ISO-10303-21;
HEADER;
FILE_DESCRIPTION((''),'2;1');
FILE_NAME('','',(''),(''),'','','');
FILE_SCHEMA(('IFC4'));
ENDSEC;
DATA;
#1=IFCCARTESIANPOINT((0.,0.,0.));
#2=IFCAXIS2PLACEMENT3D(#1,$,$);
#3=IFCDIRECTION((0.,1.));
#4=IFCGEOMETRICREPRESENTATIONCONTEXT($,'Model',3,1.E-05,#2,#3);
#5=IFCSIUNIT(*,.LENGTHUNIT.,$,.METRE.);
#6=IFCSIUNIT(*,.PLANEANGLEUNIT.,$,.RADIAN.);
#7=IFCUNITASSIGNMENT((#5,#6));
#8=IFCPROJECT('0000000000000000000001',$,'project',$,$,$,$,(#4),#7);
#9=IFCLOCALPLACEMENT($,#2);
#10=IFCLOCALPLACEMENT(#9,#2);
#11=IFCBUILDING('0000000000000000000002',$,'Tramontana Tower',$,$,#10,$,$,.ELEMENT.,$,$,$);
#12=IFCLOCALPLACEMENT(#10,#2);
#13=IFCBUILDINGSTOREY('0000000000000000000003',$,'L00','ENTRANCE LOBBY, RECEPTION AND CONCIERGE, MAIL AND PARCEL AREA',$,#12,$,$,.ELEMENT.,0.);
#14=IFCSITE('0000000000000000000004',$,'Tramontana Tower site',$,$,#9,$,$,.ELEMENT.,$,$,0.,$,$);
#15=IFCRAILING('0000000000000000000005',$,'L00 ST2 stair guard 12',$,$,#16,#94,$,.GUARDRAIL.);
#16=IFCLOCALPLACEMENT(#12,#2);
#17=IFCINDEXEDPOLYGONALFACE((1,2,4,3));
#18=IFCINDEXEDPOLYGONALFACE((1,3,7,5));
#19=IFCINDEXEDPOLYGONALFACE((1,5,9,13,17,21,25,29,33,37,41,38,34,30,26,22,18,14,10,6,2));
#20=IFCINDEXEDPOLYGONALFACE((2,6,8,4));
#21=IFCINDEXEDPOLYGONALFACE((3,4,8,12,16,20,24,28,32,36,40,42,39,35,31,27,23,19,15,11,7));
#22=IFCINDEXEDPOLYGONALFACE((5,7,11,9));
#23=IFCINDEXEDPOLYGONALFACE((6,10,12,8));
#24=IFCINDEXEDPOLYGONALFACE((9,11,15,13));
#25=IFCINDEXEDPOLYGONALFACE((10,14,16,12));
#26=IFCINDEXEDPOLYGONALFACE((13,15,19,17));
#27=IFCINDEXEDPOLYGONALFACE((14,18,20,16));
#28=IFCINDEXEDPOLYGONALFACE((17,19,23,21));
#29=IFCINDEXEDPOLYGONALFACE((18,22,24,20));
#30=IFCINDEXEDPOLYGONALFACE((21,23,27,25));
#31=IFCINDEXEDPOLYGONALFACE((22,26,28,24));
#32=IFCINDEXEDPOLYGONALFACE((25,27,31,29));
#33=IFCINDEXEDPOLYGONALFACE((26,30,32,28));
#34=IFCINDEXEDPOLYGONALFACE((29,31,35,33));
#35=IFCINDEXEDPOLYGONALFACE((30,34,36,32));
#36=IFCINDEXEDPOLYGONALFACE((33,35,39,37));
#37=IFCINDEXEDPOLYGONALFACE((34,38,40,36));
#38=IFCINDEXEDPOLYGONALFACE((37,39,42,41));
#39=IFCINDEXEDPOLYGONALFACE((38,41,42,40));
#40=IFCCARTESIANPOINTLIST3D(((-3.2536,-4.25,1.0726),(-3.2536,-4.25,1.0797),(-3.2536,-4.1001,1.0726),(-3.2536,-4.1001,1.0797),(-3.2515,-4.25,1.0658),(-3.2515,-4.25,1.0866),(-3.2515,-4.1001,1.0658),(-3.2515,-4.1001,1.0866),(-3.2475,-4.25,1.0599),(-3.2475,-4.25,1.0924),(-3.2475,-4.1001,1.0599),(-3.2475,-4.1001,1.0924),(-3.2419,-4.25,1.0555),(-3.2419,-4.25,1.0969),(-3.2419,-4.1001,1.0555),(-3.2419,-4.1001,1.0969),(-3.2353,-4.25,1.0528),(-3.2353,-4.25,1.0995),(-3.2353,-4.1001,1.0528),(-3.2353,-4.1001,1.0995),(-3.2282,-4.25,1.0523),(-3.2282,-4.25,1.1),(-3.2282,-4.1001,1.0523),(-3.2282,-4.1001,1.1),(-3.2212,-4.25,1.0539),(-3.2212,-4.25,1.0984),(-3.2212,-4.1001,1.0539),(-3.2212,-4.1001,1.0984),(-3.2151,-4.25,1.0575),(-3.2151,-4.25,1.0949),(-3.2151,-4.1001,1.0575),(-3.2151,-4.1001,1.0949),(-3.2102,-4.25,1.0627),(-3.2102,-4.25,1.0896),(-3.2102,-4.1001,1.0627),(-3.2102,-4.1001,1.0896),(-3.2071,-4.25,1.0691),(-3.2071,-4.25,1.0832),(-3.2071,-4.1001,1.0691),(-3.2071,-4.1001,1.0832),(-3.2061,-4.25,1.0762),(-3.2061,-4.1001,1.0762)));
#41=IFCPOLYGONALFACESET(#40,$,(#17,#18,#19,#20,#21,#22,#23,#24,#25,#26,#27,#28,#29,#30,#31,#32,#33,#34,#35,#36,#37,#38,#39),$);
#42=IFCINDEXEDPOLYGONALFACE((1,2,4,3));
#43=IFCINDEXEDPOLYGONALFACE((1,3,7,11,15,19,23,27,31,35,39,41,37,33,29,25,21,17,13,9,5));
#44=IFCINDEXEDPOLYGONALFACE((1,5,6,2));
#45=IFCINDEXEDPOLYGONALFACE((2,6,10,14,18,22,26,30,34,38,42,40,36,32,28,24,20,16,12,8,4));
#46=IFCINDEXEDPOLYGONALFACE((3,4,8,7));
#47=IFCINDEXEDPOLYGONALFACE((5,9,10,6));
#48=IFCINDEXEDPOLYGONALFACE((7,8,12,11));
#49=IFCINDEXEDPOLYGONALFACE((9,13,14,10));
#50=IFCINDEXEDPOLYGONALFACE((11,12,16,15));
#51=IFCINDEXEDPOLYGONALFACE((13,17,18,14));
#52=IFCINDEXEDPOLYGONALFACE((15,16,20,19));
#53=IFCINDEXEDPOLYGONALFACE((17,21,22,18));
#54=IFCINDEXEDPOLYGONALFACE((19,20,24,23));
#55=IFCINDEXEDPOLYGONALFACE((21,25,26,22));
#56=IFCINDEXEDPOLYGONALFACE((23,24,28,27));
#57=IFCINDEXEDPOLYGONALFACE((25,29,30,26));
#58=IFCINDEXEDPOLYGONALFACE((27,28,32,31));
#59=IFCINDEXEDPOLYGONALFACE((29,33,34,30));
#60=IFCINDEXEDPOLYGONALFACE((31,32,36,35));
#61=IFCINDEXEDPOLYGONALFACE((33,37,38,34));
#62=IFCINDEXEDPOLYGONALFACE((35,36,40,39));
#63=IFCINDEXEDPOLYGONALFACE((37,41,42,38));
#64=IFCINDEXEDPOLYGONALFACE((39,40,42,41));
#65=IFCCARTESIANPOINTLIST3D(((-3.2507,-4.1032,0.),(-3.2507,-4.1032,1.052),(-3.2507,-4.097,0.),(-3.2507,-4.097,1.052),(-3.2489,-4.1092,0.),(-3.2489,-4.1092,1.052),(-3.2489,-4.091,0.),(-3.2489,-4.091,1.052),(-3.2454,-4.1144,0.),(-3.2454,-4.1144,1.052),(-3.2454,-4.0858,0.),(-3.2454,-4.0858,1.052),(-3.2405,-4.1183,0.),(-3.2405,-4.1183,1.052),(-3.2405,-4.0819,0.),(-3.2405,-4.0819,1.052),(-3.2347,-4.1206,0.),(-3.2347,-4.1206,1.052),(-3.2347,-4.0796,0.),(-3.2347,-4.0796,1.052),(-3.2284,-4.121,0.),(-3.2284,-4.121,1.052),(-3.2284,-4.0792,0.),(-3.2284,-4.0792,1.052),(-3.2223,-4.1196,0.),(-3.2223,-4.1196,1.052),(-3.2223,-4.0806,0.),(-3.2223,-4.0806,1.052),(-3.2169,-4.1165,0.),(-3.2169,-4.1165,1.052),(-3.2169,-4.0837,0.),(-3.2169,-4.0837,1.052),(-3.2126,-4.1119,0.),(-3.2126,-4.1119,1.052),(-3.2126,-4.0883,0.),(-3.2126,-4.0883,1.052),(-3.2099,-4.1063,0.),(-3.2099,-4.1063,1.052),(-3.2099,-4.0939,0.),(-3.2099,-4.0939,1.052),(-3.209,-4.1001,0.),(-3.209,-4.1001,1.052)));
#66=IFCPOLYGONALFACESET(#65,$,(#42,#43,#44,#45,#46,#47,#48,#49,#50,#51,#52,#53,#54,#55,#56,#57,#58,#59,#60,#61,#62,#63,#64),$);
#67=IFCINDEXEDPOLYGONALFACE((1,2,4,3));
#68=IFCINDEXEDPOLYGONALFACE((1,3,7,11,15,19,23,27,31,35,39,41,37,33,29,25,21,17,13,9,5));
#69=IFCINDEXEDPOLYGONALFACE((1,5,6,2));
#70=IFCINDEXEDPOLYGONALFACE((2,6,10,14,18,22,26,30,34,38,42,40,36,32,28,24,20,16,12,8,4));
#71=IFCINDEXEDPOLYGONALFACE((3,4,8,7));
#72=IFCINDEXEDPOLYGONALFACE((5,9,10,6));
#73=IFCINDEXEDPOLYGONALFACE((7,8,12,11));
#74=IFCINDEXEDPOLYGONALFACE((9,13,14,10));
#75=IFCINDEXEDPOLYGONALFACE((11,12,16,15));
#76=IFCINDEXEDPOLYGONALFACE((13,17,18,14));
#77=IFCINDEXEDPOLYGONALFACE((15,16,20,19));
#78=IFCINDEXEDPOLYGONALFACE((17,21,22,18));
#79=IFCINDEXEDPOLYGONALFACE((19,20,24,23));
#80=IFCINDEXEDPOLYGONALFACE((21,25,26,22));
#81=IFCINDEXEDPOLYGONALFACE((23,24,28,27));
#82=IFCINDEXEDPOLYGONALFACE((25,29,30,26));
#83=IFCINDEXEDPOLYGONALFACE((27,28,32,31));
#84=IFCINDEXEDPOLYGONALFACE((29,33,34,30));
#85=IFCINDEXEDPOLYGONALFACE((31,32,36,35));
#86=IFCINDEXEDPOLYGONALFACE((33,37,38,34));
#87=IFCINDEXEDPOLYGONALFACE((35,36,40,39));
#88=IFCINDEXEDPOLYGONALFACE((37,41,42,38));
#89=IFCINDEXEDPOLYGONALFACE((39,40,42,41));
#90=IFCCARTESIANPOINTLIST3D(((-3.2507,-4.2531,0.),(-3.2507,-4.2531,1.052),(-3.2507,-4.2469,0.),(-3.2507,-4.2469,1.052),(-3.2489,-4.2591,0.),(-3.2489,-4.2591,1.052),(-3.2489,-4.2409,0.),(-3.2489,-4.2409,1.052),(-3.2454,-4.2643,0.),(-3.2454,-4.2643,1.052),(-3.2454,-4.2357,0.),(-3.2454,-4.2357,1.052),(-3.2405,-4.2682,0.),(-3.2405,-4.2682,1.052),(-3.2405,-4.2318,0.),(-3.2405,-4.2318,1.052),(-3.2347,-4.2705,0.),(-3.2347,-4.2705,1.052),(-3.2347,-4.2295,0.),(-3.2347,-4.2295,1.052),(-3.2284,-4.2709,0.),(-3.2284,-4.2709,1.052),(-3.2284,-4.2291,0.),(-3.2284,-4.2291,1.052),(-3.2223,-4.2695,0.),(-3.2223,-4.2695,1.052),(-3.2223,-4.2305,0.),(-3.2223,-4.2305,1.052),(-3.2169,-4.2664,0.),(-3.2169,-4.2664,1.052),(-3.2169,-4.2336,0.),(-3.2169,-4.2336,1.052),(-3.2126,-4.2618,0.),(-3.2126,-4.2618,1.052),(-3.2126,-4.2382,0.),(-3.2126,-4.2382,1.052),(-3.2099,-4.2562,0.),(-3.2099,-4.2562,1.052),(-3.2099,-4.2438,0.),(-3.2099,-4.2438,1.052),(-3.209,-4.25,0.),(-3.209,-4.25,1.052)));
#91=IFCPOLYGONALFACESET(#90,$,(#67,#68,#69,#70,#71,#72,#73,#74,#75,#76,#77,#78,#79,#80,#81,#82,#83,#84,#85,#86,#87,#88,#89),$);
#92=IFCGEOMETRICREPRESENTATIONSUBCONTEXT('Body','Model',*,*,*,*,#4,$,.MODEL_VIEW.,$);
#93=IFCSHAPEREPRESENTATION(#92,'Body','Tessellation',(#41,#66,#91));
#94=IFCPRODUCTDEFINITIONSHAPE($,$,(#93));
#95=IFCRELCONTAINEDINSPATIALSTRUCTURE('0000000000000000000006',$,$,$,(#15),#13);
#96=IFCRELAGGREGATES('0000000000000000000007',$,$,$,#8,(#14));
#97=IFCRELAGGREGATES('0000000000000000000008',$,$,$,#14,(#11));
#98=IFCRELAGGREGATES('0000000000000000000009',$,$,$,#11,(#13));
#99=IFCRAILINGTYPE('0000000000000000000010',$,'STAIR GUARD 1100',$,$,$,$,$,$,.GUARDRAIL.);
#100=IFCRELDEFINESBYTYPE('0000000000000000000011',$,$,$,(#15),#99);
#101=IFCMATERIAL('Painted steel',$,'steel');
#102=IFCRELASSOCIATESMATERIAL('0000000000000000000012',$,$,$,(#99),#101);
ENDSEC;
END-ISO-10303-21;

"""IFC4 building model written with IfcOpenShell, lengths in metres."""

from ifc_helpers import new_model, si_unit, direction, frame, origin, origin_2d, place, context, subcontext, project, spatial, circle, extrude, material, type_object, element, save


model = new_model("IFC4")

# Units and contexts
model_context = context("Model", 3, precision=1e-05, world=origin(), true_north=direction((0.0, 1.0)))
body_context = subcontext(model_context, "Body", "Model", "MODEL_VIEW")
ifc_project = project(units=[si_unit("LENGTHUNIT", "METRE"), si_unit("PLANEANGLEUNIT", "RADIAN")], contexts=[model_context])

# Site, building, storey
site_placement = place(None, origin())
site = spatial("IfcSite", under=ifc_project, at=site_placement, Name="Tramontana Tower site", CompositionType="ELEMENT", RefElevation=0.0)
building_placement = place(site_placement, origin())
building = spatial("IfcBuilding", under=site, at=building_placement, Name="Tramontana Tower", CompositionType="ELEMENT")
storey_placement = place(building_placement, origin())
storey = spatial("IfcBuildingStorey", under=building, at=storey_placement, Name="L00", Description="ENTRANCE LOBBY, RECEPTION AND CONCIERGE, MAIL AND PARCEL AREA", CompositionType="ELEMENT", Elevation=0.0)

# Railing
ifc_material_1 = material(Name="Painted steel", Category="steel")
railing_type_1 = type_object("IfcRailingType", Name="STAIR GUARD 1100", PredefinedType="GUARDRAIL", material=ifc_material_1)
for number, where, name in (
    (1, (-3.23, -4.1001, 0.0), "L00 ST2 stair guard 12"),
):
    element("IfcRailing", number, at=place(storey_placement, frame(where)), inside=storey, type_object=railing_type_1, Name=name, PredefinedType="GUARDRAIL", context=body_context, shape_type="SweptSolid", body=[
        extrude(circle(Radius=0.0239, at=origin_2d()), frame((0.0, 0.0, 1.0762), z_axis=(0.0, -1.0, 0.0), x_axis=(1.0, 0.0, 0.0)), (0.0, 0.0, 1.0), 0.1499),
        extrude(circle(Radius=0.021, at=origin_2d()), origin(), (0.0, 0.0, 1.0), 1.052),
        extrude(circle(Radius=0.021, at=origin_2d()), frame((0.0, -0.1499, 0.0)), (0.0, 0.0, 1.0), 1.052),
    ])

save(model, "model.ifc")
